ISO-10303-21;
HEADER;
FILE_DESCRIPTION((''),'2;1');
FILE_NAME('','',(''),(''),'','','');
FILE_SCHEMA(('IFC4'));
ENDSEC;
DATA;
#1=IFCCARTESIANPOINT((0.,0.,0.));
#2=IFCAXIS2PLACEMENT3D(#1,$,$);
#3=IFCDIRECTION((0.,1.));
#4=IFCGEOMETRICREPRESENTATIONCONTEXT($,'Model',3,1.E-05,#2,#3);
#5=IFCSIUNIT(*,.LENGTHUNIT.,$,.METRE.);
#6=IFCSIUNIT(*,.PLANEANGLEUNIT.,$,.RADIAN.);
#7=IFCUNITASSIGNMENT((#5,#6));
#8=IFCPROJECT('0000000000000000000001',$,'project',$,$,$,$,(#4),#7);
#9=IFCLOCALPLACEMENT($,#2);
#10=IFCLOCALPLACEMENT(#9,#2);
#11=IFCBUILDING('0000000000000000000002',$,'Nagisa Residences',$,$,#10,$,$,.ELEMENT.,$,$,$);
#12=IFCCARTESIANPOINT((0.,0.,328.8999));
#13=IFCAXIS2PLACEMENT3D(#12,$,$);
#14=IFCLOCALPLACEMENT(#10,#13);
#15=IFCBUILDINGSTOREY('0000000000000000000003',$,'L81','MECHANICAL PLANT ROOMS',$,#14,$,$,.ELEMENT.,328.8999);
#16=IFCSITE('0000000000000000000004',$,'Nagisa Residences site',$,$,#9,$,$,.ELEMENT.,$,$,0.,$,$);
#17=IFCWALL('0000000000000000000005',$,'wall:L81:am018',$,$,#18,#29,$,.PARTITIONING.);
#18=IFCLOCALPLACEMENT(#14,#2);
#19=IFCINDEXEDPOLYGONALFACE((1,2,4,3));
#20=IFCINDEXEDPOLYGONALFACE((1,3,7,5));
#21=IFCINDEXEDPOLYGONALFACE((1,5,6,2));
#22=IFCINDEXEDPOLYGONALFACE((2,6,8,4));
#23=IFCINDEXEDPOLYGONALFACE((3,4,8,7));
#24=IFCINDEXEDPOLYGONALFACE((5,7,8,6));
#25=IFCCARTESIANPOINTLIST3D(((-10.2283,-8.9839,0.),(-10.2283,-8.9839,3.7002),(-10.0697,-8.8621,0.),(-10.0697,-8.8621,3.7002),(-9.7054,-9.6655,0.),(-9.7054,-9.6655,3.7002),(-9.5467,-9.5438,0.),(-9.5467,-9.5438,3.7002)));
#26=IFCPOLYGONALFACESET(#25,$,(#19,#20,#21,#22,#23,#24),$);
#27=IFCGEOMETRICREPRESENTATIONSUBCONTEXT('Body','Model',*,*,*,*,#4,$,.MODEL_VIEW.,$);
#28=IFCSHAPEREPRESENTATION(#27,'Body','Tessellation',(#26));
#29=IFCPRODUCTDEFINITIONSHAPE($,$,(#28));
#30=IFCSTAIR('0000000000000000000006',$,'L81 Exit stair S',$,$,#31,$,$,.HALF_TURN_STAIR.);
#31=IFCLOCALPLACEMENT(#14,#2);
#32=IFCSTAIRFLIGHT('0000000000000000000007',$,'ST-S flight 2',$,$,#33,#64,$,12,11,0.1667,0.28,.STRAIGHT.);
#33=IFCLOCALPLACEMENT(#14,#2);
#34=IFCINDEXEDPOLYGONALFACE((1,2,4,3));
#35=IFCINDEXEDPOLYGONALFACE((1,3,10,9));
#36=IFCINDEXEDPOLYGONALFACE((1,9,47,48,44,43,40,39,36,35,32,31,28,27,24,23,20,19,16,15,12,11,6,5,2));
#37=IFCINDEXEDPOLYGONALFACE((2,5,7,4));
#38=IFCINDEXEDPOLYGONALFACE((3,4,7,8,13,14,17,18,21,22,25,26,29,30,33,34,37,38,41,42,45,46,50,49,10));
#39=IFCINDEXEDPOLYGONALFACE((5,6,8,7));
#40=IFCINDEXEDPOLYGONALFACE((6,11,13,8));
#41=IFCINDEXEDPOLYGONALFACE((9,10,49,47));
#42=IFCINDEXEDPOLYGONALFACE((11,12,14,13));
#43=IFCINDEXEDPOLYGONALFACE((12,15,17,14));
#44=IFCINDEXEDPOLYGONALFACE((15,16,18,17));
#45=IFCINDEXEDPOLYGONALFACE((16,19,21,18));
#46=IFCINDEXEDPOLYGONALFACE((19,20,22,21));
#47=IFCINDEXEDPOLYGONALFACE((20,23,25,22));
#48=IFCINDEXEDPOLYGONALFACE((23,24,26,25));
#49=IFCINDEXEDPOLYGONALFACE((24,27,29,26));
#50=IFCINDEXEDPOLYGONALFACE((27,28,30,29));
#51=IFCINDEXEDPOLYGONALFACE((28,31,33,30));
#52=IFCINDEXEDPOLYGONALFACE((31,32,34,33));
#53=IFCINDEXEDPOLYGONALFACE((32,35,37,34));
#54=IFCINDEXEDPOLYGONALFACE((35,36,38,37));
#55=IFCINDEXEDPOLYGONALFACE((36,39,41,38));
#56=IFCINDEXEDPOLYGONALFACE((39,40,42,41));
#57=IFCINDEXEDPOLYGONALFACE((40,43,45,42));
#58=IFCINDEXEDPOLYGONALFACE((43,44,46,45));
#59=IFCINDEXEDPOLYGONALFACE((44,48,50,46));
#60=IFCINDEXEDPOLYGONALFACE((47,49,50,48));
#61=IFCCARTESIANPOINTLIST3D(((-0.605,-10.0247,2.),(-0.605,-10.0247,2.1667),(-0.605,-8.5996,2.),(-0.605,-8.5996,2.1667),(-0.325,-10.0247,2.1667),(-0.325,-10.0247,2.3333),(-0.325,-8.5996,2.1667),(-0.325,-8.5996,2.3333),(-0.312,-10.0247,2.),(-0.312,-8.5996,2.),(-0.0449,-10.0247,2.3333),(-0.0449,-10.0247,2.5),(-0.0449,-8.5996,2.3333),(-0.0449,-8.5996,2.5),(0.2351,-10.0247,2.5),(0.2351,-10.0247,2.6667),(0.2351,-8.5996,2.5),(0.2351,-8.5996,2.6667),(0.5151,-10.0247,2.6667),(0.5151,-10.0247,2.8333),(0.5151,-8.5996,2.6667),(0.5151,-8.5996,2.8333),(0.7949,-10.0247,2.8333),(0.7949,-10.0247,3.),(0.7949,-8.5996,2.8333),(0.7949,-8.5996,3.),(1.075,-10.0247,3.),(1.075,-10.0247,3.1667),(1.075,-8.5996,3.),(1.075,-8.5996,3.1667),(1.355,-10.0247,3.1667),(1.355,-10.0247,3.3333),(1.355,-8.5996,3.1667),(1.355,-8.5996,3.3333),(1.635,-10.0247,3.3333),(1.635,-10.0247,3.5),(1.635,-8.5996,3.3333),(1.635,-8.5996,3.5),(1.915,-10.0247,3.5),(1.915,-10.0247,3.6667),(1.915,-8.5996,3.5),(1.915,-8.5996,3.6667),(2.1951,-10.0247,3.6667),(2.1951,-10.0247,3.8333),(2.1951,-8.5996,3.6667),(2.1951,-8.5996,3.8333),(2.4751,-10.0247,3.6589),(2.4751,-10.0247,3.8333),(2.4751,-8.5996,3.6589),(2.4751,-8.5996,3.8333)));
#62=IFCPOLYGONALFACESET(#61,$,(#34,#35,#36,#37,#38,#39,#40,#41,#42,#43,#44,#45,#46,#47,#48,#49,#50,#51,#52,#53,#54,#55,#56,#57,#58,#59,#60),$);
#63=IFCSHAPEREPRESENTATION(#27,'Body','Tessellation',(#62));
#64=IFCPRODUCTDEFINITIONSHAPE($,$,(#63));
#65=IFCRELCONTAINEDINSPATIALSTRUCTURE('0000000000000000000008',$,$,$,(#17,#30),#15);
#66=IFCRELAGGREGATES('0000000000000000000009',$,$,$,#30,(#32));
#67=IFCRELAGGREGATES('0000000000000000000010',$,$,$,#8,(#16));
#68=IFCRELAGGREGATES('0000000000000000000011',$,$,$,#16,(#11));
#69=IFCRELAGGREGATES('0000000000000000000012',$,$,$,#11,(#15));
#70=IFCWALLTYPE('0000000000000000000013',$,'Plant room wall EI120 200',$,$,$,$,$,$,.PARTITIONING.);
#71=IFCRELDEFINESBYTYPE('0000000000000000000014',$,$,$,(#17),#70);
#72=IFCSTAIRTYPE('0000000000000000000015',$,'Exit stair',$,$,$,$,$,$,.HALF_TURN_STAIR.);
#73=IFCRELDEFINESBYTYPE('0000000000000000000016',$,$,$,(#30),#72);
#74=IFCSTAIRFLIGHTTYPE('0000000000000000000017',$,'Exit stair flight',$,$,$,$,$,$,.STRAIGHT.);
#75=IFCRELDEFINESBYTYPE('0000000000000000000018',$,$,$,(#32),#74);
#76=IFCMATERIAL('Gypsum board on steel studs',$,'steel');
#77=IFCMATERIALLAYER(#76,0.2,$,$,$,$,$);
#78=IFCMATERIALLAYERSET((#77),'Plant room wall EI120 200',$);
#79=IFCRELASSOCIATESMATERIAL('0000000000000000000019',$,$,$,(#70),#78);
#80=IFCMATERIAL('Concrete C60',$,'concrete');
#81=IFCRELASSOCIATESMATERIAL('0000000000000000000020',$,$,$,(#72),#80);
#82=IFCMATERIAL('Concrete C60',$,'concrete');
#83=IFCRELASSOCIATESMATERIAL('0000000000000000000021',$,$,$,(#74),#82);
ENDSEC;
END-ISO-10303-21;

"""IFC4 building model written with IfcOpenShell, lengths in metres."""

from ifc_helpers import new_model, si_unit, direction, frame, frame_2d, origin, place, context, subcontext, project, spatial, polyline, rectangle, outline, extrude, material, layer, layer_set, type_object, element, aggregate, save


model = new_model("IFC4")

# Units and contexts
model_context = context("Model", 3, precision=1e-05, world=origin(), true_north=direction((0.0, 1.0)))
body_context = subcontext(model_context, "Body", "Model", "MODEL_VIEW")
ifc_project = project(units=[si_unit("LENGTHUNIT", "METRE"), si_unit("PLANEANGLEUNIT", "RADIAN")], contexts=[model_context])

# Site, building, storey
site_placement = place(None, origin())
site = spatial("IfcSite", under=ifc_project, at=site_placement, Name="Nagisa Residences site", CompositionType="ELEMENT", RefElevation=0.0)
building_placement = place(site_placement, origin())
building = spatial("IfcBuilding", under=site, at=building_placement, Name="Nagisa Residences", CompositionType="ELEMENT")
storey_placement = place(building_placement, frame((0.0, 0.0, 328.8999)))
storey = spatial("IfcBuildingStorey", under=building, at=storey_placement, Name="L81", Description="MECHANICAL PLANT ROOMS", CompositionType="ELEMENT", Elevation=328.8999)

# Shared definitions
ifc_material_1 = material(Name="Gypsum board on steel studs", Category="steel")
ifc_layer_1 = layer(ifc_material_1, 0.2)
ifc_layer_set_1 = layer_set([ifc_layer_1], Name="Plant room wall EI120 200")
wall_type_1 = type_object("IfcWallType", Name="Plant room wall EI120 200", PredefinedType="PARTITIONING", material=ifc_layer_set_1)

# Wall
wall_1_placement = place(storey_placement, frame((-9.626, -9.6047, 0.0), z_axis=(0.0, 0.0, 1.0), x_axis=(-0.608694, 0.793405, 0.0)))
element("IfcWall", 1, at=wall_1_placement, inside=storey, type_object=wall_type_1, Name="wall:L81:am018", PredefinedType="PARTITIONING", context=body_context, shape_type="SweptSolid", body=[
    extrude(rectangle(XDim=0.8591, YDim=0.2, at=frame_2d((0.4297, 0.0))), origin(), (0.0, 0.0, 1.0), 3.7002),
])

# Stair, stair flight
ifc_material_2 = material(Name="Concrete C60", Category="concrete")
stair_type = type_object("IfcStairType", Name="Exit stair", PredefinedType="HALF_TURN_STAIR", material=ifc_material_2)
stair_placement = place(storey_placement, origin())
stair = element("IfcStair", 2, at=stair_placement, inside=storey, type_object=stair_type, Name="L81 Exit stair S", PredefinedType="HALF_TURN_STAIR")
ifc_material_3 = material(Name="Concrete C60", Category="concrete")
stair_flight_type = type_object("IfcStairFlightType", Name="Exit stair flight", PredefinedType="STRAIGHT", material=ifc_material_3)
stair_flight_placement = place(storey_placement, frame((-0.605, -9.312, 2.0), z_axis=(0.0, 0.0, 1.0), x_axis=(1.0, 0.0, 0.0)))
stair_flight = element("IfcStairFlight", 3, at=stair_flight_placement, type_object=stair_flight_type, Name="ST-S flight 2", NumberOfRisers=12, NumberOfTreads=11, PredefinedType="STRAIGHT", RiserHeight=0.1667, TreadLength=0.28, context=body_context, shape_type="SweptSolid", body=[
    extrude(outline(polyline([(0.0, 0.0), (0.0, 0.1667), (0.28, 0.1667), (0.28, 0.3333), (0.5601, 0.3333), (0.5601, 0.5), (0.8401, 0.5), (0.8401, 0.6667), (1.1201, 0.6667), (1.1201, 0.8333), (1.3999, 0.8333), (1.3999, 1.0), (1.6799, 1.0), (1.6799, 1.1667), (1.96, 1.1667), (1.96, 1.3333), (2.24, 1.3333), (2.24, 1.5), (2.52, 1.5), (2.52, 1.6667), (2.8, 1.6667), (2.8, 1.8333), (3.0801, 1.8333), (3.0801, 2.0), (3.0801, 1.6589), (0.293, 0.0), (0.0, 0.0)])), frame((0.0, 0.7124, 0.0), z_axis=(0.0, -1.0, 0.0), x_axis=(1.0, 0.0, 0.0)), (0.0, 0.0, 1.0), 1.425),
])
aggregate(stair, [stair_flight])

save(model, "model.ifc")
